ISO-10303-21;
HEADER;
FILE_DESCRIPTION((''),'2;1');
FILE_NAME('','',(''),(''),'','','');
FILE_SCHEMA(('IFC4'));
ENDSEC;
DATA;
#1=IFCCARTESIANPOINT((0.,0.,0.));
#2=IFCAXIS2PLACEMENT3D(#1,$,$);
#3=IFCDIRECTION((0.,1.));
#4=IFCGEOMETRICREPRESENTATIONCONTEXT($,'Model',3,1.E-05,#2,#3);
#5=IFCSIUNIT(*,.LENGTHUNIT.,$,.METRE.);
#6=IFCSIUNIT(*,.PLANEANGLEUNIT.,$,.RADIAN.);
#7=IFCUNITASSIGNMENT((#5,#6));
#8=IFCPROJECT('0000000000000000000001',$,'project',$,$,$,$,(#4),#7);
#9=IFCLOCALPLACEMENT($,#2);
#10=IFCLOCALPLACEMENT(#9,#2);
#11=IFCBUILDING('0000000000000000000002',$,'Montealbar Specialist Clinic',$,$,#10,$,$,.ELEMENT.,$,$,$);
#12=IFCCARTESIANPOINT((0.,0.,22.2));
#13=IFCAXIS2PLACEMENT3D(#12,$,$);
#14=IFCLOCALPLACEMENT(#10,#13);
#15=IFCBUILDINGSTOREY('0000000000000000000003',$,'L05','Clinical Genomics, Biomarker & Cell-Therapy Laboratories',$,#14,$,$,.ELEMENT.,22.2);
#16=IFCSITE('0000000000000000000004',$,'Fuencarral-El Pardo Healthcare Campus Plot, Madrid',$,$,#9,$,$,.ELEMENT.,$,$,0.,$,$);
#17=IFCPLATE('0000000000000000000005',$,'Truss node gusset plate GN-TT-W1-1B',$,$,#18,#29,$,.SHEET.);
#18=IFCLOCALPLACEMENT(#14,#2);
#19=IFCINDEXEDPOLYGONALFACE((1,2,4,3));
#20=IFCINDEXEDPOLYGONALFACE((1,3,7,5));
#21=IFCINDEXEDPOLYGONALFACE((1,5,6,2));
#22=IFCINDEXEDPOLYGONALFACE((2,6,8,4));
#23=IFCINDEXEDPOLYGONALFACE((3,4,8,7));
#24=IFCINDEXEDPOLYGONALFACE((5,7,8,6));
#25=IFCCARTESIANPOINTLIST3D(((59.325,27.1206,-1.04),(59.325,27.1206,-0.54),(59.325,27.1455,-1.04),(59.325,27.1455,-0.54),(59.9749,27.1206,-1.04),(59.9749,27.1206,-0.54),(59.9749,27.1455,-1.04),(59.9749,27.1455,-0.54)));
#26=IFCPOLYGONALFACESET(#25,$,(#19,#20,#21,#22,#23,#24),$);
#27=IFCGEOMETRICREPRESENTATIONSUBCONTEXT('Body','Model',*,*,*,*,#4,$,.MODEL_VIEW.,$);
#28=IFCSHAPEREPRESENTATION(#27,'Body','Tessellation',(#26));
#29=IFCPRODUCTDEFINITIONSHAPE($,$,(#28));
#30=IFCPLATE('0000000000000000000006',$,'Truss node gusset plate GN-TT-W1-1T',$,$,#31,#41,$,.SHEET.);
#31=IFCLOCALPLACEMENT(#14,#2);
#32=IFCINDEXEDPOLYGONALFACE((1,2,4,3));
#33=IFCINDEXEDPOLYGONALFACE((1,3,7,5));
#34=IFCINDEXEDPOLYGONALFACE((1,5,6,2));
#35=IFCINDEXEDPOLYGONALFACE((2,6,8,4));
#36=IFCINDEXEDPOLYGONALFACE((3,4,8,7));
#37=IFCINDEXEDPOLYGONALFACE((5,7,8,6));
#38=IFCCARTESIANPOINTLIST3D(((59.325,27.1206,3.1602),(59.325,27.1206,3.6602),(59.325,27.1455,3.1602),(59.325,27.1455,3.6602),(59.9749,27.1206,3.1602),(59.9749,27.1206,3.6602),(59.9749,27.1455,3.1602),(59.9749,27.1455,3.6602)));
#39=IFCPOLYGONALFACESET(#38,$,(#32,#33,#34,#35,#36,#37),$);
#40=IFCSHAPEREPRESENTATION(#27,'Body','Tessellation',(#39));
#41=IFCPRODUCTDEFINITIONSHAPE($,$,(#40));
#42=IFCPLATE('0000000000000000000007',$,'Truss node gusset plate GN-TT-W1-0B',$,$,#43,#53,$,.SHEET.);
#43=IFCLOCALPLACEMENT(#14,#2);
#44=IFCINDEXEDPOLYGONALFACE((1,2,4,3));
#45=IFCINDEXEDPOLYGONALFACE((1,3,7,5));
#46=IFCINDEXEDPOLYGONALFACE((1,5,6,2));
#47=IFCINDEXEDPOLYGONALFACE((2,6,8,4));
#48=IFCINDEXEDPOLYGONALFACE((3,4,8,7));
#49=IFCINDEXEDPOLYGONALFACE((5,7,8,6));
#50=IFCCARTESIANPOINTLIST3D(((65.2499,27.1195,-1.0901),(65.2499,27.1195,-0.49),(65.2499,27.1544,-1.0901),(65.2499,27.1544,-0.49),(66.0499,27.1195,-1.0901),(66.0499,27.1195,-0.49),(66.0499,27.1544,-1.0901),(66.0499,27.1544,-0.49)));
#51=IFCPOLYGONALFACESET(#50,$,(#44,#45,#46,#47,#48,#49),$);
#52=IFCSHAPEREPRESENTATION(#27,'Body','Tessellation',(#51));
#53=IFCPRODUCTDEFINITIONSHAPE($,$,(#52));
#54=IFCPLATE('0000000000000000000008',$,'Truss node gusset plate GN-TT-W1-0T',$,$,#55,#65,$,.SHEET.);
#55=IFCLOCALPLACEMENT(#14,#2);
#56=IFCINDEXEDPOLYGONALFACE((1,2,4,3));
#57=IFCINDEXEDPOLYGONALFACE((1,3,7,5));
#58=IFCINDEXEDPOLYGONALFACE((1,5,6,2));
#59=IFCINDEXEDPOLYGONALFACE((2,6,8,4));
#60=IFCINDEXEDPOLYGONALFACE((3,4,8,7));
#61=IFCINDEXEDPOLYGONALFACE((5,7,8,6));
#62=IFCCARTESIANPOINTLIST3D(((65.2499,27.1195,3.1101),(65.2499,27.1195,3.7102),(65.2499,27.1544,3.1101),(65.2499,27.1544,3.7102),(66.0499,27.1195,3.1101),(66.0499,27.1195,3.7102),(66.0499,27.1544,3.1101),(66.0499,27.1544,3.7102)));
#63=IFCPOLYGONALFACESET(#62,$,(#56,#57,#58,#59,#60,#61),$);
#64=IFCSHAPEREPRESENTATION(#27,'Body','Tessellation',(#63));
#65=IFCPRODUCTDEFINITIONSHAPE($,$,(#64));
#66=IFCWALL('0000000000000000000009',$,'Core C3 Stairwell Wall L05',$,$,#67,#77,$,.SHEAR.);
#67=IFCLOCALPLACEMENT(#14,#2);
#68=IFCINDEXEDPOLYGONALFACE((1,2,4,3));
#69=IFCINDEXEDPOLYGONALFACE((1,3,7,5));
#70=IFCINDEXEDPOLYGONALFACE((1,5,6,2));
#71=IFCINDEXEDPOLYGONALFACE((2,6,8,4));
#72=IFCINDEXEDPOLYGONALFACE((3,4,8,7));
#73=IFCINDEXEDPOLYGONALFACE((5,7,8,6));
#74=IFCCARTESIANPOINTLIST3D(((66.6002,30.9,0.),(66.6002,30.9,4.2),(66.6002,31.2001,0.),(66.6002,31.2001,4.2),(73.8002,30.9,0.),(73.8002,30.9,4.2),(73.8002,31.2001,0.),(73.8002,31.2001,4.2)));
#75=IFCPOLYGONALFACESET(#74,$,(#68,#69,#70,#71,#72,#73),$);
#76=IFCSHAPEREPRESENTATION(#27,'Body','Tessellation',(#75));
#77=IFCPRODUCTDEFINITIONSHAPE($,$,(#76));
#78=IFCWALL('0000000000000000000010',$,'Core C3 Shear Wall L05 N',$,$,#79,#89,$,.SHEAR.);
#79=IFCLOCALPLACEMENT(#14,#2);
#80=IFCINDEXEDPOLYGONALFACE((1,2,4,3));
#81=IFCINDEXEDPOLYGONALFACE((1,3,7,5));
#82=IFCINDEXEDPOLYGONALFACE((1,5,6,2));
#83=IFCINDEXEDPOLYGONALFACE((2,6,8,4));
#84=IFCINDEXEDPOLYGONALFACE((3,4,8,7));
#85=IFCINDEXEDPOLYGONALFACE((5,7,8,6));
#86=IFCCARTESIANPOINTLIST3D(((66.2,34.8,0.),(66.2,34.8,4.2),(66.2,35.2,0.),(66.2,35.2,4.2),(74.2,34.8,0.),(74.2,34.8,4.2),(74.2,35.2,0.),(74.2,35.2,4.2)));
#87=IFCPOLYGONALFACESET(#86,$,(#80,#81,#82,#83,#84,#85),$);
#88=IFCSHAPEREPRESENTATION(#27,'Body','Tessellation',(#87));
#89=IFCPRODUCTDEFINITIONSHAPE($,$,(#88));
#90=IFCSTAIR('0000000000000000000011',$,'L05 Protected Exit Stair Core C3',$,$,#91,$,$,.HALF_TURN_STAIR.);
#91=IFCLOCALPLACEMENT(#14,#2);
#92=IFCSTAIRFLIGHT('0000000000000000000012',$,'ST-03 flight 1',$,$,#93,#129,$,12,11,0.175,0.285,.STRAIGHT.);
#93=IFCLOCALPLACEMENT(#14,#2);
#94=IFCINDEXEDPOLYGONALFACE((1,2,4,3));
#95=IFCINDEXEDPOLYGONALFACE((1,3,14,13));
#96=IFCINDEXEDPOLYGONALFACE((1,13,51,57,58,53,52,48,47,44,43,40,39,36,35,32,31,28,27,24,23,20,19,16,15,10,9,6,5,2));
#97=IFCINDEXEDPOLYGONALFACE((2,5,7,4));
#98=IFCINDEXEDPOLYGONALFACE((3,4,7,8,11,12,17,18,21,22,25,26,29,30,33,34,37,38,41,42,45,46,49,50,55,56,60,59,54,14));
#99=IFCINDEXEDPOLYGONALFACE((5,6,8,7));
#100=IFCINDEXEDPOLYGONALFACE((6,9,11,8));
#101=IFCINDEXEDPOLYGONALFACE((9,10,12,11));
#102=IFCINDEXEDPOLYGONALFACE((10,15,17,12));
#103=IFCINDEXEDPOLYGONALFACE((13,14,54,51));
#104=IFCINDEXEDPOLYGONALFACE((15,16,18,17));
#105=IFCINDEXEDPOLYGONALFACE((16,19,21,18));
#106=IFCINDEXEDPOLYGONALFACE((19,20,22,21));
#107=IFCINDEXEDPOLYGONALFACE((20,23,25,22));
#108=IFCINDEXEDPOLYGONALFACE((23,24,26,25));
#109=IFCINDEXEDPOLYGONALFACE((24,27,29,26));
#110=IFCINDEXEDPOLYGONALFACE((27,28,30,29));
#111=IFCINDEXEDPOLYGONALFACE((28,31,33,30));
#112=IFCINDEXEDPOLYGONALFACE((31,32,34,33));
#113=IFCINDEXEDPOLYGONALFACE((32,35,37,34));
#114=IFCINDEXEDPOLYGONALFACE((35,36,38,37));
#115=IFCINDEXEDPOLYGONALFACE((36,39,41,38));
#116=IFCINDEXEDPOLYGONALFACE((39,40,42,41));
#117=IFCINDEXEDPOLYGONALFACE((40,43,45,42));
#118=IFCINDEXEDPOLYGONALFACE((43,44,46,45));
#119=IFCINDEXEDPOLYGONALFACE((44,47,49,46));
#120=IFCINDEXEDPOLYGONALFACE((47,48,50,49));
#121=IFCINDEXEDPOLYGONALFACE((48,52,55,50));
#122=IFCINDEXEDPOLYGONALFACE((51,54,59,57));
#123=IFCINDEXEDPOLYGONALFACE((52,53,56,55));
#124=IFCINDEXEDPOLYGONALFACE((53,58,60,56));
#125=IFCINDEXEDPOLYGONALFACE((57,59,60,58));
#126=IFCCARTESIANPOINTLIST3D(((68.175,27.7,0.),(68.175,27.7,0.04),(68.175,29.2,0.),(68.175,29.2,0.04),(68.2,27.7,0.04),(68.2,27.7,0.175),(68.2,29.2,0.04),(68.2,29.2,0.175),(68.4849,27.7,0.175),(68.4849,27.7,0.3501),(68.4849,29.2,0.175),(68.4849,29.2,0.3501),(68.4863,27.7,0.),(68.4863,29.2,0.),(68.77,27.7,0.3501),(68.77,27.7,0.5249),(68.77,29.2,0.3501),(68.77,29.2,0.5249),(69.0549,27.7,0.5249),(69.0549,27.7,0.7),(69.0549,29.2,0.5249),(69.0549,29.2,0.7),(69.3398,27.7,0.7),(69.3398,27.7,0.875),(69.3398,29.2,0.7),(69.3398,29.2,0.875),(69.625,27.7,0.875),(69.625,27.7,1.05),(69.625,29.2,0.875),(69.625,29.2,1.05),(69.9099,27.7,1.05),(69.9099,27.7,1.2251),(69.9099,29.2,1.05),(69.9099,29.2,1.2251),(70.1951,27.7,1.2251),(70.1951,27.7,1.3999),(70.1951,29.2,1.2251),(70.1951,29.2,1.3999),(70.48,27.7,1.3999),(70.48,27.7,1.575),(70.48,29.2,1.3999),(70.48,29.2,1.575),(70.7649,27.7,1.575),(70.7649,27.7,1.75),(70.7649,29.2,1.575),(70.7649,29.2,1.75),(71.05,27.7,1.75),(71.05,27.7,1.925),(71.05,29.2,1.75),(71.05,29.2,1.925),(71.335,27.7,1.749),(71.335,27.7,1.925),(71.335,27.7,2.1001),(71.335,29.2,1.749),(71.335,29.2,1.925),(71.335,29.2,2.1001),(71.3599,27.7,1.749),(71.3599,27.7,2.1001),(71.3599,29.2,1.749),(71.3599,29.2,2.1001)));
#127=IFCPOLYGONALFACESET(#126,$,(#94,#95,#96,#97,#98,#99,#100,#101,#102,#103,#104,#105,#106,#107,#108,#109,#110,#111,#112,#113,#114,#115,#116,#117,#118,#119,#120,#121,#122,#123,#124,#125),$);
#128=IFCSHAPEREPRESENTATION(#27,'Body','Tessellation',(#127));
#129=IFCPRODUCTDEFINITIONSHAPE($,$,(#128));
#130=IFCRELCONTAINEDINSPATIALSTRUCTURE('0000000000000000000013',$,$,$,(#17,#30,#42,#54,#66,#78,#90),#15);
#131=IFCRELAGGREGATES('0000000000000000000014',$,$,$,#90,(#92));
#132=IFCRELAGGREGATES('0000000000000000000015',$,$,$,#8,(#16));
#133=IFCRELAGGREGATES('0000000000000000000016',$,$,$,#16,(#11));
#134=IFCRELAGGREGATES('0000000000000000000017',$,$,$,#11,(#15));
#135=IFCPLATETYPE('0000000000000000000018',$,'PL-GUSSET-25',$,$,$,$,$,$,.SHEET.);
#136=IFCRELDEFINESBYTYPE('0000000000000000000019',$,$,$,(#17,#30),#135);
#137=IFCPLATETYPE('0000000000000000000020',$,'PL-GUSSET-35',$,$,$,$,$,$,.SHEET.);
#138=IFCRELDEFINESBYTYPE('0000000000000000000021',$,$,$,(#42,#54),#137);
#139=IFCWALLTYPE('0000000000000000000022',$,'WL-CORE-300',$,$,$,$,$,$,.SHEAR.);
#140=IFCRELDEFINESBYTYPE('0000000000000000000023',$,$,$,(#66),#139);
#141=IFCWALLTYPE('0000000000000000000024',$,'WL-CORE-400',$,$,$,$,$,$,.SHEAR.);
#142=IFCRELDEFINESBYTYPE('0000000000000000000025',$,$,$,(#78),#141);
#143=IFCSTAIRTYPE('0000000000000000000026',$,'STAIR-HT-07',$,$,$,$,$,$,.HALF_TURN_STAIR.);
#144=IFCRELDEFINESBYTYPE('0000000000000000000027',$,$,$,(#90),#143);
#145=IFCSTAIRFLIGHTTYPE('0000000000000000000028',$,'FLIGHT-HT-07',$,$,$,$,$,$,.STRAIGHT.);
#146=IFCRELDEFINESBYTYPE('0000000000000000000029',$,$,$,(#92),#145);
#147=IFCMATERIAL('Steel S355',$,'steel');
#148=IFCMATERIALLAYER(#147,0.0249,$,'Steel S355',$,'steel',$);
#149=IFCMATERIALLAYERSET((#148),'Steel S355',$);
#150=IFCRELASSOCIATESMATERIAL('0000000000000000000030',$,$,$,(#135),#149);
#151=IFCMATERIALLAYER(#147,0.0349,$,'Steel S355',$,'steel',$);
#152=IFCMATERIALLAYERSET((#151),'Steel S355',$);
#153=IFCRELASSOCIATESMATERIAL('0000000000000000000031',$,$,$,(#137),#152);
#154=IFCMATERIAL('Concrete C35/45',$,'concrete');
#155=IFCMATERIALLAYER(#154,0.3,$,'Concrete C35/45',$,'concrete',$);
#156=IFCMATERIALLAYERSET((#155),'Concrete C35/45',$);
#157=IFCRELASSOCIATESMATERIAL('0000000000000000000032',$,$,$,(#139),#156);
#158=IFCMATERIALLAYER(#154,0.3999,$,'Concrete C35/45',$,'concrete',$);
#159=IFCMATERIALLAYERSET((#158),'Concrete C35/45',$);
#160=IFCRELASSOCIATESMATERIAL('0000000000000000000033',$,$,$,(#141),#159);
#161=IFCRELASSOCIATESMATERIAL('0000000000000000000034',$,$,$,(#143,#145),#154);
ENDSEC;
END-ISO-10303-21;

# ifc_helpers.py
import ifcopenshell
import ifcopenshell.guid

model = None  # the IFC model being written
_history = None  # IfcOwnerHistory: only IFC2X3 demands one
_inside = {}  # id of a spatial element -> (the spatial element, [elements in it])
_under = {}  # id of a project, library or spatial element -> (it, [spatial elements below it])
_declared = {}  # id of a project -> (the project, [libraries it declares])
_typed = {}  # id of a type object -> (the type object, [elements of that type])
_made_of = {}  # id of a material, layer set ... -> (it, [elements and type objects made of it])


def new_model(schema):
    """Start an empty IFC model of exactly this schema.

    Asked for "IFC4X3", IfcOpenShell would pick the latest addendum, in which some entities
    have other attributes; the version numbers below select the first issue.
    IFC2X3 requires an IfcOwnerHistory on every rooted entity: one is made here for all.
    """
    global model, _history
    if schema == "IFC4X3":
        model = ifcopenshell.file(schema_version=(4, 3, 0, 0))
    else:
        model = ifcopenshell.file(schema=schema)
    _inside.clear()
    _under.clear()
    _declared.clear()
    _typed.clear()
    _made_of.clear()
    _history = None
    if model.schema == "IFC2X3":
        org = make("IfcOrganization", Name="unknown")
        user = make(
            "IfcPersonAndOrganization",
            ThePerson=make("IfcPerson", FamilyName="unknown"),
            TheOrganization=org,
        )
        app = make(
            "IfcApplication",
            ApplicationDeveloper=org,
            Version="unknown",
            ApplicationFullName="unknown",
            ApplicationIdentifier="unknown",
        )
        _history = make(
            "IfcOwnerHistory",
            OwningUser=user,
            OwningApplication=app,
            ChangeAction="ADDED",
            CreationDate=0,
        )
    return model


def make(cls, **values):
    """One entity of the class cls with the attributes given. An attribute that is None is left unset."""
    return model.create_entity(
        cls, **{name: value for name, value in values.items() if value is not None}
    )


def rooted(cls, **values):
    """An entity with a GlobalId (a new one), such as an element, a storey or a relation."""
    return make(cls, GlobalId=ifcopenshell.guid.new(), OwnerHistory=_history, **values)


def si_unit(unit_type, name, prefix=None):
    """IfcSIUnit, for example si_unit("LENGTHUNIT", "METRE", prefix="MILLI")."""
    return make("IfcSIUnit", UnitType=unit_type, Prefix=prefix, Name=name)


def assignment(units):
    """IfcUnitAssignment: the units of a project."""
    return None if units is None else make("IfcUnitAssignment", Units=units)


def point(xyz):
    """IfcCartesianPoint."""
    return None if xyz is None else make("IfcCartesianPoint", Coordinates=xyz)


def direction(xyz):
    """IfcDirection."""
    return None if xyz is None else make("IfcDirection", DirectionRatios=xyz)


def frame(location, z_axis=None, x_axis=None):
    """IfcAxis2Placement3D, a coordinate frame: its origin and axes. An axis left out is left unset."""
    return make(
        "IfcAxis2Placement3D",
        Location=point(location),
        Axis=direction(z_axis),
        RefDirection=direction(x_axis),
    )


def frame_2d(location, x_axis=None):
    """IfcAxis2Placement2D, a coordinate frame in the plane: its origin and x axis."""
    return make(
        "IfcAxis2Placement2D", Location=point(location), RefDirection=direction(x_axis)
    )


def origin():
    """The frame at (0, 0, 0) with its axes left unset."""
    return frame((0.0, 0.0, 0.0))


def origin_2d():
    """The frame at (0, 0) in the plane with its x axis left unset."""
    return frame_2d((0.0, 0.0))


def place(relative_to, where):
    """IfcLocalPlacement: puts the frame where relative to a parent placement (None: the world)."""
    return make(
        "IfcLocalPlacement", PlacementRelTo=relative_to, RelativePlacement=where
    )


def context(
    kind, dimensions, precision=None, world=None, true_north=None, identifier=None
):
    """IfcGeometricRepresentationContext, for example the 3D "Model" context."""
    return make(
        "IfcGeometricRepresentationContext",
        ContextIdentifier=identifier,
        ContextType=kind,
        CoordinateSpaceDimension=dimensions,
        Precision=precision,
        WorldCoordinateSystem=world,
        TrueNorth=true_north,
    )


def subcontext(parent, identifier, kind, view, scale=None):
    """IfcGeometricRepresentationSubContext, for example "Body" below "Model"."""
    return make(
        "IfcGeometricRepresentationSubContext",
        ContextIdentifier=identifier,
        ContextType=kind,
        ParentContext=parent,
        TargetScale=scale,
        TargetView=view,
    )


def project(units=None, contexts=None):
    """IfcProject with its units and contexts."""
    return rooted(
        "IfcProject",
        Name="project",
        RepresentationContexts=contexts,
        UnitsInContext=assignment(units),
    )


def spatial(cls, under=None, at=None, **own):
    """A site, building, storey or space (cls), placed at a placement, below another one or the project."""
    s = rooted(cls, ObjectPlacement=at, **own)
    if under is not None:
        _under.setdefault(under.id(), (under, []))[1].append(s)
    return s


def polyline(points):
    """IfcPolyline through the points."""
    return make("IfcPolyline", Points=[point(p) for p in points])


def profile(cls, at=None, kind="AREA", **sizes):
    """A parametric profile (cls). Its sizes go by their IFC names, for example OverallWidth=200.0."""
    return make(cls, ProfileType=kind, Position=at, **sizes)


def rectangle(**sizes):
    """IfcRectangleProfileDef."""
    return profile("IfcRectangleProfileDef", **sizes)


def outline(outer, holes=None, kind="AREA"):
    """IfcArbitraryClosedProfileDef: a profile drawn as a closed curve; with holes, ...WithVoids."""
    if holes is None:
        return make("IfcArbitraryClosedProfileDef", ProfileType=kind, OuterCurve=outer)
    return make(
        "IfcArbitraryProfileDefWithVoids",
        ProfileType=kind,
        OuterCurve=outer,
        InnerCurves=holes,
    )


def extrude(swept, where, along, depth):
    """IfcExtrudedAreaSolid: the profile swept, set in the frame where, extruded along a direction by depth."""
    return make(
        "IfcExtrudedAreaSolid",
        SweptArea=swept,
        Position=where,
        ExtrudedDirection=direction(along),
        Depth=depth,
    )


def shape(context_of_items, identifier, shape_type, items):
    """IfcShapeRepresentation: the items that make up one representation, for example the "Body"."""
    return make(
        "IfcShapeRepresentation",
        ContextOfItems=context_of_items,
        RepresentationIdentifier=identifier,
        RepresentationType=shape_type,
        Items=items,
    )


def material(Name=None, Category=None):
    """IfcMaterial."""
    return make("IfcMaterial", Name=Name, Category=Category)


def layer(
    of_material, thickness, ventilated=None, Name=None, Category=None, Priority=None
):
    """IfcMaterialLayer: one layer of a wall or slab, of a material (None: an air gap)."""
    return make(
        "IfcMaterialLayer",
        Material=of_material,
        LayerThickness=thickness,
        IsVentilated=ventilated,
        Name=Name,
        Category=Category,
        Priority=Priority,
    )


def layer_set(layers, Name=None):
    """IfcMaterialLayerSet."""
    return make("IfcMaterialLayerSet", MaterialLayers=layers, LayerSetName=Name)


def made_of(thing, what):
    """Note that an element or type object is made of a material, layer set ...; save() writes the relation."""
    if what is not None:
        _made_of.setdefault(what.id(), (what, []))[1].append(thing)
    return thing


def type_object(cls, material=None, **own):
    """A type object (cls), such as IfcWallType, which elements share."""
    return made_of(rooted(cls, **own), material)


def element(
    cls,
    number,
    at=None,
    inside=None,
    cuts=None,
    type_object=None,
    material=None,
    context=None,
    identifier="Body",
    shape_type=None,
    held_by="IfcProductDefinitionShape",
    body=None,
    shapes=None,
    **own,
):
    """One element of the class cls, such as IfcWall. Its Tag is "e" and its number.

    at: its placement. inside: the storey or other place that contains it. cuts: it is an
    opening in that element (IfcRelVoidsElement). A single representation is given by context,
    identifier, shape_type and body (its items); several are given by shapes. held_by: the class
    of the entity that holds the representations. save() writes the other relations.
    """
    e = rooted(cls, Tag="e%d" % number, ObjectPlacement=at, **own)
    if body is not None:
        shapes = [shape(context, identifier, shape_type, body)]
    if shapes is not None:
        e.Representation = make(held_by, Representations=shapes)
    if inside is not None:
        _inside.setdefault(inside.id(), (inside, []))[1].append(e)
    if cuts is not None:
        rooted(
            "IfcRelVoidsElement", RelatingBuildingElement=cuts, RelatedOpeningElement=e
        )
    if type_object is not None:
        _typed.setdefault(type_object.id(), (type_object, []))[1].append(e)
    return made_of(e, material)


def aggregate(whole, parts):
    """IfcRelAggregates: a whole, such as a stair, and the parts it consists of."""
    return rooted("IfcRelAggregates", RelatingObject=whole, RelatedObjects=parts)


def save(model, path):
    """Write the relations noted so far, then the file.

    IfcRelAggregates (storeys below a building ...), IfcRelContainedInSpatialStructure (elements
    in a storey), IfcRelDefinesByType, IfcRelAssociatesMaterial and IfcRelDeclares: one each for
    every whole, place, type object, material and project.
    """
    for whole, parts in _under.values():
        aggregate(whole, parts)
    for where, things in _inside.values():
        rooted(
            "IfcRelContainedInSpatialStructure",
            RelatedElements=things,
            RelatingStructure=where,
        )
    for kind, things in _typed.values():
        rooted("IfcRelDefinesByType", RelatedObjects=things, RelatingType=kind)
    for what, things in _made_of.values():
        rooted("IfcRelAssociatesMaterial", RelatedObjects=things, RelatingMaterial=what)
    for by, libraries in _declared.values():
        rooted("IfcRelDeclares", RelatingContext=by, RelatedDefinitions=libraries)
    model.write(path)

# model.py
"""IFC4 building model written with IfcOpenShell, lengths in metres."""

from ifc_helpers import new_model, si_unit, direction, frame, frame_2d, origin, origin_2d, place, context, subcontext, project, spatial, polyline, rectangle, outline, extrude, material, layer, layer_set, type_object, element, aggregate, save


model = new_model("IFC4")

# Units and contexts
model_context = context("Model", 3, precision=1e-05, world=origin(), true_north=direction((0.0, 1.0)))
body_context = subcontext(model_context, "Body", "Model", "MODEL_VIEW")
ifc_project = project(units=[si_unit("LENGTHUNIT", "METRE"), si_unit("PLANEANGLEUNIT", "RADIAN")], contexts=[model_context])

# Site, building, storey
site_placement = place(None, origin())
site = spatial("IfcSite", under=ifc_project, at=site_placement, Name="Fuencarral-El Pardo Healthcare Campus Plot, Madrid", CompositionType="ELEMENT", RefElevation=0.0)
building_placement = place(site_placement, origin())
building = spatial("IfcBuilding", under=site, at=building_placement, Name="Montealbar Specialist Clinic", CompositionType="ELEMENT")
storey_placement = place(building_placement, frame((0.0, 0.0, 22.2)))
storey = spatial("IfcBuildingStorey", under=building, at=storey_placement, Name="L05", Description="Clinical Genomics, Biomarker & Cell-Therapy Laboratories", CompositionType="ELEMENT", Elevation=22.2)

# Shared definitions
ifc_material_1 = material(Name="Steel S355", Category="steel")

# Plates
ifc_layer_1 = layer(ifc_material_1, 0.0249, Name="Steel S355", Category="steel")
ifc_layer_set_1 = layer_set([ifc_layer_1], Name="Steel S355")
plate_type_1 = type_object("IfcPlateType", Name="PL-GUSSET-25", PredefinedType="SHEET", material=ifc_layer_set_1)
for number, where, z_axis, x_axis, name in (
    (1, (59.6499, 27.1331, -1.04), (0.0, 0.0, 1.0), (1.0, 0.0, 0.0), "Truss node gusset plate GN-TT-W1-1B"),
    (2, (59.6499, 27.1331, 3.1602), (0.0, 0.0, 1.0), (1.0, 0.0, 0.0), "Truss node gusset plate GN-TT-W1-1T"),
):
    element("IfcPlate", number, at=place(storey_placement, frame(where, z_axis=z_axis, x_axis=x_axis)), inside=storey, type_object=plate_type_1, Name=name, PredefinedType="SHEET", context=body_context, shape_type="SweptSolid", body=[
        extrude(rectangle(XDim=0.6499, YDim=0.0249, at=origin_2d()), origin(), (0.0, 0.0, 1.0), 0.5),
    ])
ifc_layer_2 = layer(ifc_material_1, 0.0349, Name="Steel S355", Category="steel")
ifc_layer_set_2 = layer_set([ifc_layer_2], Name="Steel S355")
plate_type_2 = type_object("IfcPlateType", Name="PL-GUSSET-35", PredefinedType="SHEET", material=ifc_layer_set_2)
for number, where, z_axis, x_axis, name in (
    (3, (65.6499, 27.137, -1.0901), (0.0, 0.0, 1.0), (1.0, 0.0, 0.0), "Truss node gusset plate GN-TT-W1-0B"),
    (4, (65.6499, 27.137, 3.1101), (0.0, 0.0, 1.0), (1.0, 0.0, 0.0), "Truss node gusset plate GN-TT-W1-0T"),
):
    element("IfcPlate", number, at=place(storey_placement, frame(where, z_axis=z_axis, x_axis=x_axis)), inside=storey, type_object=plate_type_2, Name=name, PredefinedType="SHEET", context=body_context, shape_type="SweptSolid", body=[
        extrude(rectangle(XDim=0.8, YDim=0.0349, at=origin_2d()), origin(), (0.0, 0.0, 1.0), 0.6001),
    ])

# Wall
ifc_material_2 = material(Name="Concrete C35/45", Category="concrete")
ifc_layer_3 = layer(ifc_material_2, 0.3, Name="Concrete C35/45", Category="concrete")
ifc_layer_set_3 = layer_set([ifc_layer_3], Name="Concrete C35/45")
wall_type_1 = type_object("IfcWallType", Name="WL-CORE-300", PredefinedType="SHEAR", material=ifc_layer_set_3)
wall_1_placement = place(storey_placement, frame((66.6001, 31.05, 0.0), z_axis=(0.0, 0.0, 1.0), x_axis=(1.0, 0.0, 0.0)))
element("IfcWall", 5, at=wall_1_placement, inside=storey, type_object=wall_type_1, Name="Core C3 Stairwell Wall L05", PredefinedType="SHEAR", context=body_context, shape_type="SweptSolid", body=[
    extrude(rectangle(XDim=7.2, YDim=0.3, at=frame_2d((3.6001, 0.0))), origin(), (0.0, 0.0, 1.0), 4.2),
])

# Shared definitions
ifc_layer_4 = layer(ifc_material_2, 0.3999, Name="Concrete C35/45", Category="concrete")
ifc_layer_set_4 = layer_set([ifc_layer_4], Name="Concrete C35/45")
wall_type_2 = type_object("IfcWallType", Name="WL-CORE-400", PredefinedType="SHEAR", material=ifc_layer_set_4)

# Wall
wall_2_placement = place(storey_placement, frame((66.2, 35.0, 0.0), z_axis=(0.0, 0.0, 1.0), x_axis=(1.0, 0.0, 0.0)))
element("IfcWall", 6, at=wall_2_placement, inside=storey, type_object=wall_type_2, Name="Core C3 Shear Wall L05 N", PredefinedType="SHEAR", context=body_context, shape_type="SweptSolid", body=[
    extrude(rectangle(XDim=8.0, YDim=0.3999, at=frame_2d((4.0, 0.0))), origin(), (0.0, 0.0, 1.0), 4.2),
])

# Stair, stair flight
stair_type = type_object("IfcStairType", Name="STAIR-HT-07", PredefinedType="HALF_TURN_STAIR", material=ifc_material_2)
stair_placement = place(storey_placement, origin())
stair = element("IfcStair", 7, at=stair_placement, inside=storey, type_object=stair_type, Name="L05 Protected Exit Stair Core C3", PredefinedType="HALF_TURN_STAIR")
stair_flight_type = type_object("IfcStairFlightType", Name="FLIGHT-HT-07", PredefinedType="STRAIGHT", material=ifc_material_2)
stair_flight_placement = place(storey_placement, frame((68.2, 28.45, 0.0), z_axis=(0.0, 0.0, 1.0), x_axis=(1.0, 0.0, 0.0)))
stair_flight = element("IfcStairFlight", 8, at=stair_flight_placement, type_object=stair_flight_type, Name="ST-03 flight 1", NumberOfRisers=12, NumberOfTreads=11, PredefinedType="STRAIGHT", RiserHeight=0.175, TreadLength=0.285, context=body_context, shape_type="SweptSolid", body=[
    extrude(outline(polyline([(-0.0249, 0.0), (-0.0249, 0.04), (0.0, 0.04), (0.0, 0.175), (0.2849, 0.175), (0.2849, 0.3501), (0.5701, 0.3501), (0.5701, 0.5249), (0.855, 0.5249), (0.855, 0.7), (1.1399, 0.7), (1.1399, 0.875), (1.425, 0.875), (1.425, 1.05), (1.71, 1.05), (1.71, 1.2251), (1.9951, 1.2251), (1.9951, 1.3999), (2.28, 1.3999), (2.28, 1.575), (2.5649, 1.575), (2.5649, 1.75), (2.8501, 1.75), (2.8501, 1.925), (3.135, 1.925), (3.135, 2.1001), (3.1599, 2.1001), (3.1599, 1.749), (3.135, 1.749), (0.2864, 0.0), (-0.0249, 0.0)])), frame((0.0, 0.75, 0.0), z_axis=(0.0, -1.0, 0.0), x_axis=(1.0, 0.0, 0.0)), (0.0, 0.0, 1.0), 1.5),
])
aggregate(stair, [stair_flight])

save(model, "model.ifc")
